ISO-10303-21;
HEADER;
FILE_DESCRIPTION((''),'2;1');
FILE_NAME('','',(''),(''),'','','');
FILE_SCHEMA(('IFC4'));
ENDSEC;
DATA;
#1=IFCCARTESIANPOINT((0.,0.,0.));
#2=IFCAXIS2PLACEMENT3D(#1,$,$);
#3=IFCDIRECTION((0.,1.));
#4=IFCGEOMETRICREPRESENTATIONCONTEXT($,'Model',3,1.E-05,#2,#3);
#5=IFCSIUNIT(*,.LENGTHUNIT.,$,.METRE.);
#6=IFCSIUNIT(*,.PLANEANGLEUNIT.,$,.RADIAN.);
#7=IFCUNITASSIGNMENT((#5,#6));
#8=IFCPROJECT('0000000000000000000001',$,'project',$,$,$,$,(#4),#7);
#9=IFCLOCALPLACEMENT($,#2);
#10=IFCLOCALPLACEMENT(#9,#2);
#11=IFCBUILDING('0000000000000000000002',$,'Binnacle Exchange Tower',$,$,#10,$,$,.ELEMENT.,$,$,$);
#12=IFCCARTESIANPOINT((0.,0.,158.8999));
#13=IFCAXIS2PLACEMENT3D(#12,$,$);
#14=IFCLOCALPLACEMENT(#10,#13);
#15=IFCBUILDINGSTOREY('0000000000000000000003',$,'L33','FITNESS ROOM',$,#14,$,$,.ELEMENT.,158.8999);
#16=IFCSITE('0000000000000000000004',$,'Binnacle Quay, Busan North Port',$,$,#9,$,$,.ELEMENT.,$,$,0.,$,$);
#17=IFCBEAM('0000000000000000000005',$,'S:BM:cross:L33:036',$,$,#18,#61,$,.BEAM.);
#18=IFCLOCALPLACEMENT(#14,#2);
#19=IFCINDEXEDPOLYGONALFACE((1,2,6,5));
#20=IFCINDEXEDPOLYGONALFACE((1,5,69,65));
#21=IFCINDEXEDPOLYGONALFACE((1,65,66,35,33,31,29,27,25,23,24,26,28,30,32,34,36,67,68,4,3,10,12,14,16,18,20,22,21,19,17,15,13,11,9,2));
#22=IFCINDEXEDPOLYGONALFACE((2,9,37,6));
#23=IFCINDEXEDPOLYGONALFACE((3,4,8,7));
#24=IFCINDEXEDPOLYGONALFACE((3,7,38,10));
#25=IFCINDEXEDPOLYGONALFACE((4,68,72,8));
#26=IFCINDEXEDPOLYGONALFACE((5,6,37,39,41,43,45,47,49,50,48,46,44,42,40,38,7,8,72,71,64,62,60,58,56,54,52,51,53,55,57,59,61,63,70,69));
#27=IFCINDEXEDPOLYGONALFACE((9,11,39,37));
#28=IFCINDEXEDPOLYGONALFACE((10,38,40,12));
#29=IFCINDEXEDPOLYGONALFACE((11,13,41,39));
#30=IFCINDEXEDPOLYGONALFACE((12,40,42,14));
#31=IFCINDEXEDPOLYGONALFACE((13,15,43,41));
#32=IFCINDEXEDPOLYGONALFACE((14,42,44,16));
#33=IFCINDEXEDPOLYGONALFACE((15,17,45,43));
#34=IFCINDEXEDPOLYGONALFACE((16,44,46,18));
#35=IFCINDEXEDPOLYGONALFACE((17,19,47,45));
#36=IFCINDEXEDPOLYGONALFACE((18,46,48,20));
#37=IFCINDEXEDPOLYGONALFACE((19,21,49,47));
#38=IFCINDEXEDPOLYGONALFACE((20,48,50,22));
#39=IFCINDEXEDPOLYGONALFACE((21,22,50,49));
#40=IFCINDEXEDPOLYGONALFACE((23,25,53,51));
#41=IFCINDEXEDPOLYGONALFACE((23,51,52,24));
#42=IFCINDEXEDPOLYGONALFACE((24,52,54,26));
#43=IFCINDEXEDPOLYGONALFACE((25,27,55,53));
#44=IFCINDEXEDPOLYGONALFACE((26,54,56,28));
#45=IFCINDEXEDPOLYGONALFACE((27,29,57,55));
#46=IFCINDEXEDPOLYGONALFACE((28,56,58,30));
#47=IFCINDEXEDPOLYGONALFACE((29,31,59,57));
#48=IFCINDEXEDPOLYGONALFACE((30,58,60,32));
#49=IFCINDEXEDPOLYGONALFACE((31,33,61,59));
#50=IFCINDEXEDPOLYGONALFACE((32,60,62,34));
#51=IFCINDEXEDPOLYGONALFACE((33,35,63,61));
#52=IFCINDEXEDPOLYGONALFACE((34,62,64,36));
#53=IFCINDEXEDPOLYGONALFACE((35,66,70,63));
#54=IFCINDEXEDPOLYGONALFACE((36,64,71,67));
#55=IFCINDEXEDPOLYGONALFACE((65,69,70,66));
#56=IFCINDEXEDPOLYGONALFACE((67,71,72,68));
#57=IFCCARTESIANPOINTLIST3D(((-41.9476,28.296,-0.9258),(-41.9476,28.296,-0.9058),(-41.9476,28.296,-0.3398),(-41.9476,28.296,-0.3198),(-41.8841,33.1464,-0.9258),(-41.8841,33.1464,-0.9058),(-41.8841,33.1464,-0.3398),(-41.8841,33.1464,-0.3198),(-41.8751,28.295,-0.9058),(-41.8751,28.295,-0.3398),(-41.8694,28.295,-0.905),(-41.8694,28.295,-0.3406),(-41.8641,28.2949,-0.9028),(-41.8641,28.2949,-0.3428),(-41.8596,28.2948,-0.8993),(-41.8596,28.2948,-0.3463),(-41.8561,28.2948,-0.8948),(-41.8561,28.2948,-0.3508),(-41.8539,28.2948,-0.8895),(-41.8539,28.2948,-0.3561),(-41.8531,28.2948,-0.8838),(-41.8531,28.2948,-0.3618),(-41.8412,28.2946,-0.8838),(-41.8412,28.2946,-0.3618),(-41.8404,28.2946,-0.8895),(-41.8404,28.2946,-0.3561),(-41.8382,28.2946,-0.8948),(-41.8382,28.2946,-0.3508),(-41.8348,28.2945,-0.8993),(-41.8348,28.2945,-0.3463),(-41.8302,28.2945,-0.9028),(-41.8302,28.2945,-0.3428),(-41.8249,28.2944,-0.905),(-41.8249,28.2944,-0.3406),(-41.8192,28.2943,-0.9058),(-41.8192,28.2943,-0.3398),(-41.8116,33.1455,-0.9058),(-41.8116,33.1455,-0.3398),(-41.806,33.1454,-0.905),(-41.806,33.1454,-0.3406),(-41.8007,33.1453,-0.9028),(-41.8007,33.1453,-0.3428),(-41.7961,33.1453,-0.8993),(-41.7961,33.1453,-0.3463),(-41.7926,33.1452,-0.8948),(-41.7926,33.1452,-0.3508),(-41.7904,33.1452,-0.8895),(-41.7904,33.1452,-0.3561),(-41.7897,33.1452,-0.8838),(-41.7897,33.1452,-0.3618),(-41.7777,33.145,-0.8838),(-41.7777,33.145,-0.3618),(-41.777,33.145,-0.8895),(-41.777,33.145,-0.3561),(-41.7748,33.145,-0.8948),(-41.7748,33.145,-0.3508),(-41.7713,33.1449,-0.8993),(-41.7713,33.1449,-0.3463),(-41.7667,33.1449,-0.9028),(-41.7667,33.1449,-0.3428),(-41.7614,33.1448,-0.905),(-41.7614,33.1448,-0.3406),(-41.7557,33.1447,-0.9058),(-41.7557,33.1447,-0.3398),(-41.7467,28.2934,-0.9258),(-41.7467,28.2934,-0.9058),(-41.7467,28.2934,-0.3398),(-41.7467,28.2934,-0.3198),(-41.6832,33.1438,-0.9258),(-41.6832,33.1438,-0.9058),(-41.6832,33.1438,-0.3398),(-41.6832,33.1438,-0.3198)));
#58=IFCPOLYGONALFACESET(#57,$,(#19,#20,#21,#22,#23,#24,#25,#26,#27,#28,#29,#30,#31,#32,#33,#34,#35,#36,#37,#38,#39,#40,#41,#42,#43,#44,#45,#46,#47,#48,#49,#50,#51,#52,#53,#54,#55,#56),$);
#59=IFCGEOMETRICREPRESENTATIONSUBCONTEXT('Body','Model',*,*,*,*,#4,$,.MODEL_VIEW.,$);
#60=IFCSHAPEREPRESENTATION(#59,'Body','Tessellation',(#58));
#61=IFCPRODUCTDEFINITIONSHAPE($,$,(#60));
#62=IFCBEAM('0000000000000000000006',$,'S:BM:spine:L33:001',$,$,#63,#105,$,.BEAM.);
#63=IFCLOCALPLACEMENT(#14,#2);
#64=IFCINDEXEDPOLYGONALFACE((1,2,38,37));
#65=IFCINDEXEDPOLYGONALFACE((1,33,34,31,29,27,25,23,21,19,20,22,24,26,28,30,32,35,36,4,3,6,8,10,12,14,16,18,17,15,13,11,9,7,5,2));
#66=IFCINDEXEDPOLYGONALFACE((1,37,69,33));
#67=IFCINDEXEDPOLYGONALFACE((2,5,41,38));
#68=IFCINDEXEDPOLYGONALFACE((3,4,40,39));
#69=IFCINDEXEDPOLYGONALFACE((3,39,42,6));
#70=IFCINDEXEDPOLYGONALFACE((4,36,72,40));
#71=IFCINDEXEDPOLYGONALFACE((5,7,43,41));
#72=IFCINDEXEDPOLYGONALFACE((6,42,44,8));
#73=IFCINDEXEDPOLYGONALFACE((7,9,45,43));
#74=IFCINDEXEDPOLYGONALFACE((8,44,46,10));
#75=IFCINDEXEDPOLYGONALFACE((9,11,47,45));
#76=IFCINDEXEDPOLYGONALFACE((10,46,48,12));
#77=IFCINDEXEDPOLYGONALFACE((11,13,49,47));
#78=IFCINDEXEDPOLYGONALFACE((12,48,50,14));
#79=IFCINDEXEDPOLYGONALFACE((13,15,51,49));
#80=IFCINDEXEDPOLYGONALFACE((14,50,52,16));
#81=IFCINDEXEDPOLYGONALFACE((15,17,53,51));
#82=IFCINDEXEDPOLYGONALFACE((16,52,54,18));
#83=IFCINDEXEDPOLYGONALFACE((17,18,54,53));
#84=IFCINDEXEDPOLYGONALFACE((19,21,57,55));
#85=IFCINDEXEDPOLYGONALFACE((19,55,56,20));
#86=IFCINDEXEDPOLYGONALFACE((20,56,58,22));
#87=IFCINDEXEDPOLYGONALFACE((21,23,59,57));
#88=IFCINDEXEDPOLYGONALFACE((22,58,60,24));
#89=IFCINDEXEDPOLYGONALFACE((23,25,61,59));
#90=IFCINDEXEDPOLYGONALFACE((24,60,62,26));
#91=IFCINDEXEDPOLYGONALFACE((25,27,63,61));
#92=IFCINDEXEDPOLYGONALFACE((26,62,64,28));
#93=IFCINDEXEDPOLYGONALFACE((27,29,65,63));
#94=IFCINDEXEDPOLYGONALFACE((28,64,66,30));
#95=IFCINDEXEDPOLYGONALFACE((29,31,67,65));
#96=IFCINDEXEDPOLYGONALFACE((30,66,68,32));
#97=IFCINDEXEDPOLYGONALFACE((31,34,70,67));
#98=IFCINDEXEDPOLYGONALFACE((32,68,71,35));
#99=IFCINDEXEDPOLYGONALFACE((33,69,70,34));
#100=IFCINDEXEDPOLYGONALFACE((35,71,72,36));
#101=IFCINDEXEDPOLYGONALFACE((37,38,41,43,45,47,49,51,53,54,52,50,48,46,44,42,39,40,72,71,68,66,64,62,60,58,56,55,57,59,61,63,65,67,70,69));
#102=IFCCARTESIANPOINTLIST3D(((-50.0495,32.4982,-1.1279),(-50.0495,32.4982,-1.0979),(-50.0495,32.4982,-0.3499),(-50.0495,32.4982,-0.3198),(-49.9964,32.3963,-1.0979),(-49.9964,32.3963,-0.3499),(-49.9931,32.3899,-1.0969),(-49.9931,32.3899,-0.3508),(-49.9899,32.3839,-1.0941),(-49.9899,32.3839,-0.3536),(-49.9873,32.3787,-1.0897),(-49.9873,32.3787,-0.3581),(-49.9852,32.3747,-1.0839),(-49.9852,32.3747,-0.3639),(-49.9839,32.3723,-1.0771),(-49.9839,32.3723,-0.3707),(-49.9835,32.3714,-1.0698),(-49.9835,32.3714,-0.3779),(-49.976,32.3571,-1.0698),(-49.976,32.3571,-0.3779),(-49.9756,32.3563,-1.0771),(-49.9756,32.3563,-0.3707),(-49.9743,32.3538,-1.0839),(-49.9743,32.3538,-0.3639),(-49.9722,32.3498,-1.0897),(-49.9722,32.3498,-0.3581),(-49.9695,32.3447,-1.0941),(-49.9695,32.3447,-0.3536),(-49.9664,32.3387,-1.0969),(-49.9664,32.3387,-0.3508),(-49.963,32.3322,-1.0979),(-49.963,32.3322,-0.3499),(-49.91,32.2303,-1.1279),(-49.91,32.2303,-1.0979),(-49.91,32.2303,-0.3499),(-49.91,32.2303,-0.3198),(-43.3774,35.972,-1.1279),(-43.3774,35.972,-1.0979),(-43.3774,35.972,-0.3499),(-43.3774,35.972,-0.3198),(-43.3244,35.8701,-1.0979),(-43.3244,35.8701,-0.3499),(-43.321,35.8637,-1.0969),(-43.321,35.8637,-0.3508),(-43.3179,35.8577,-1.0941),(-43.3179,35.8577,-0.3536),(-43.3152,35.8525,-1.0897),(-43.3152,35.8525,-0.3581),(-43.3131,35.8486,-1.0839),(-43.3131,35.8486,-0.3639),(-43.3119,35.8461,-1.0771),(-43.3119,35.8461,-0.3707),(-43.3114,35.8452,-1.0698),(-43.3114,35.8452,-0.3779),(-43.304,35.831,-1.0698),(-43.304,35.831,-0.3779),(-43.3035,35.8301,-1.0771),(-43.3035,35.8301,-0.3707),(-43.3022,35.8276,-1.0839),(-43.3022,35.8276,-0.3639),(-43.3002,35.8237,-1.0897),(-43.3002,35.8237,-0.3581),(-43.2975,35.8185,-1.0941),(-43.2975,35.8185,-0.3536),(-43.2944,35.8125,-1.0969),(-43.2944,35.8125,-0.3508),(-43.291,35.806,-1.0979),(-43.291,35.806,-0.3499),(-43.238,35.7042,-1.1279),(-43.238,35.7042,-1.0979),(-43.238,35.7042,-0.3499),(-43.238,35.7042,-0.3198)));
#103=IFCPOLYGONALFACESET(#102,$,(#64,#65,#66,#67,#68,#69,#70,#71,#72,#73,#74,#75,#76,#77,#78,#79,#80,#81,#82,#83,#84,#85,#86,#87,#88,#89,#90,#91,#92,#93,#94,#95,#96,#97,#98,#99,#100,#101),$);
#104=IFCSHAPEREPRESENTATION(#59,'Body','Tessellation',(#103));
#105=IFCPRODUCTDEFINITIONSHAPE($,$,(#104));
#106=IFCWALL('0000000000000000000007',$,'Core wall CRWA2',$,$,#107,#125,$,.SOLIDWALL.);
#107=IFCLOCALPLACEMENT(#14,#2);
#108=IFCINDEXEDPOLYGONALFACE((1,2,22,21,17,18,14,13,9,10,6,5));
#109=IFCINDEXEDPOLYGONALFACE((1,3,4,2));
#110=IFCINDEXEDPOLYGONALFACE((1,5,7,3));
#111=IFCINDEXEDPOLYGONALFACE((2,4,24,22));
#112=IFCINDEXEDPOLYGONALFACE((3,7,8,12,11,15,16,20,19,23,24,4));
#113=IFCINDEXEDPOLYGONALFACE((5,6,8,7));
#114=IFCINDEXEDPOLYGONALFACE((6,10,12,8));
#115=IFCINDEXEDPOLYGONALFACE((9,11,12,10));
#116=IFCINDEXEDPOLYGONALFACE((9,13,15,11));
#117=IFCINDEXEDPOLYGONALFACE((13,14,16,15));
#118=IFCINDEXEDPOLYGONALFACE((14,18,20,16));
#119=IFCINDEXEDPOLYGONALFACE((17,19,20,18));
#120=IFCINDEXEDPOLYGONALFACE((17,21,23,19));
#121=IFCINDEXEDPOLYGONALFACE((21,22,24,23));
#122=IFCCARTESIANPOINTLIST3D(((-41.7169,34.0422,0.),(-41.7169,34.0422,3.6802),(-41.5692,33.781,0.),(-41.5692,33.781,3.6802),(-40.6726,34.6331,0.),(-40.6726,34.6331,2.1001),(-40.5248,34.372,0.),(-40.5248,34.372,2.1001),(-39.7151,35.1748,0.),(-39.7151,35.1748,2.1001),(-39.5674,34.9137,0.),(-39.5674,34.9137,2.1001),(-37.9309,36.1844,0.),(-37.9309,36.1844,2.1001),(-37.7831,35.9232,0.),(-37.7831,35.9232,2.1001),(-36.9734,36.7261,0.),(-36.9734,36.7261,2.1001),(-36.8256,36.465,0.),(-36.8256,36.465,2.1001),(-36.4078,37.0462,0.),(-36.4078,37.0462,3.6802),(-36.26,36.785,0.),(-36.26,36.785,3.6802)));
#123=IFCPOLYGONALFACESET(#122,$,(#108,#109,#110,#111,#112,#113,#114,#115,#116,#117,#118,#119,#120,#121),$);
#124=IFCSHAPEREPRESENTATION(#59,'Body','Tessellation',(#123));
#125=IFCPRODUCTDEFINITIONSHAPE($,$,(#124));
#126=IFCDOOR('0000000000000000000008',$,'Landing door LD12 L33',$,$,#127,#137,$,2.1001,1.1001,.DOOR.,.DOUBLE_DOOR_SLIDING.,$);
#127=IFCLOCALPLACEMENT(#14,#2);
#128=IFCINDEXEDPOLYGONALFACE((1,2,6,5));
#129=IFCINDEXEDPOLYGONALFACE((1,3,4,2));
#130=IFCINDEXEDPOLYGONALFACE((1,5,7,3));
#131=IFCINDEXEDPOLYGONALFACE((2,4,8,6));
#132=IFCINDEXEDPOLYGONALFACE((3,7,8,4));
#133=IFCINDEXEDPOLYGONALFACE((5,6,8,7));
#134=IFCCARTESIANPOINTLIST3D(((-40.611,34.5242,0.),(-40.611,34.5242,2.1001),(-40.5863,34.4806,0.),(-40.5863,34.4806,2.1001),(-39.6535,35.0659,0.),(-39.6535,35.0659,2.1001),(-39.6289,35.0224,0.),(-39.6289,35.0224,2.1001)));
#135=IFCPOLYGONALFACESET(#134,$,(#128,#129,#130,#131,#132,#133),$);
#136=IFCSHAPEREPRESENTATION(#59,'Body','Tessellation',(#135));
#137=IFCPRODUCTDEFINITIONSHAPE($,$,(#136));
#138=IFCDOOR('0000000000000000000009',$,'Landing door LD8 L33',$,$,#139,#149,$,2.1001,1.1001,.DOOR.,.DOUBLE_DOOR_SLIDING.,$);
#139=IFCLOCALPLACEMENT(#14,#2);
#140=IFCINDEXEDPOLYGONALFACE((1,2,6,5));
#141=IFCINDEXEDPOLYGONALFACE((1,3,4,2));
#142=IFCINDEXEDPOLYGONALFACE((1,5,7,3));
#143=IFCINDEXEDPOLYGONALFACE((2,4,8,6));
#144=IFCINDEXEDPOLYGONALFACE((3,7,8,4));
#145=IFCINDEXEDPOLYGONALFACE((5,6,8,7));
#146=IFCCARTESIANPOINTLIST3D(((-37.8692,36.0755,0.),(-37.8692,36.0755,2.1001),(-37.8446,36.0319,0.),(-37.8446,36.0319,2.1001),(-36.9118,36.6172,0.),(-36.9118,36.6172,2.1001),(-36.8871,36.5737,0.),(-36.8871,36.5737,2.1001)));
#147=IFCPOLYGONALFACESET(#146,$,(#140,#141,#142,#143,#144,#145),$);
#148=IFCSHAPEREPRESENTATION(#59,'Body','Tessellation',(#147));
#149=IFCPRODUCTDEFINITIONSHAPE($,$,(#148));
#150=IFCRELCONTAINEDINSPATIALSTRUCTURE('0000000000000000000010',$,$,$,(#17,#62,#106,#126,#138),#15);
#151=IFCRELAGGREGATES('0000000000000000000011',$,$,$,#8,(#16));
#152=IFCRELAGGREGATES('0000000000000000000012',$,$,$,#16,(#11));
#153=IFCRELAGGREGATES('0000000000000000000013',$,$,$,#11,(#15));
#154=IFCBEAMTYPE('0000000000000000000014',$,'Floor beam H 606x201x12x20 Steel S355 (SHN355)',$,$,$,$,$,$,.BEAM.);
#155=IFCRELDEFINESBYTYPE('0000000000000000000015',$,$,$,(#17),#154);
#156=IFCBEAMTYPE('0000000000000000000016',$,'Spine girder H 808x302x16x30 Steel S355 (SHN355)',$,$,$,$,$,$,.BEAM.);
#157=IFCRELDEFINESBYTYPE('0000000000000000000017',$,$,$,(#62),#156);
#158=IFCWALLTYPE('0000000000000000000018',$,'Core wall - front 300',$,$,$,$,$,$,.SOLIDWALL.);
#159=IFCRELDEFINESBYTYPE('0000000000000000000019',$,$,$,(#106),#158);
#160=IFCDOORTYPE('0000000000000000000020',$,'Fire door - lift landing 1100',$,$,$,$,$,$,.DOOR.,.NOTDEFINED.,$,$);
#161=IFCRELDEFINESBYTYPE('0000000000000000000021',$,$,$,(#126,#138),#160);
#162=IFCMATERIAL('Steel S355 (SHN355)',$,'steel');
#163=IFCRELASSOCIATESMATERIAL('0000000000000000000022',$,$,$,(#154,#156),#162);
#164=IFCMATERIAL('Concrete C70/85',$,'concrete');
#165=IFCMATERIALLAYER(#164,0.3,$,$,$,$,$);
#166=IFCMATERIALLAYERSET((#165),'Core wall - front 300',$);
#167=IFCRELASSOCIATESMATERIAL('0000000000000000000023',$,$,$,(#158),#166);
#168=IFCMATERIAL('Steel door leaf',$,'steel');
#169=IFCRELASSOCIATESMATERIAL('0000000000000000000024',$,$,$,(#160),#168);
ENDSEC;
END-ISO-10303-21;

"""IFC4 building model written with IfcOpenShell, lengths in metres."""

from ifc_helpers import new_model, si_unit, direction, frame, frame_2d, origin, origin_2d, place, context, subcontext, project, spatial, rectangle, i_section, extrude, material, layer, layer_set, material_profile, profile_set, type_object, element, fill, save


model = new_model("IFC4")

# Units and contexts
model_context = context("Model", 3, precision=1e-05, world=origin(), true_north=direction((0.0, 1.0)))
body_context = subcontext(model_context, "Body", "Model", "MODEL_VIEW")
ifc_project = project(units=[si_unit("LENGTHUNIT", "METRE"), si_unit("PLANEANGLEUNIT", "RADIAN")], contexts=[model_context])

# Site, building, storey
site_placement = place(None, origin())
site = spatial("IfcSite", under=ifc_project, at=site_placement, Name="Binnacle Quay, Busan North Port", CompositionType="ELEMENT", RefElevation=0.0)
building_placement = place(site_placement, origin())
building = spatial("IfcBuilding", under=site, at=building_placement, Name="Binnacle Exchange Tower", CompositionType="ELEMENT")
storey_placement = place(building_placement, frame((0.0, 0.0, 158.8999)))
storey = spatial("IfcBuildingStorey", under=building, at=storey_placement, Name="L33", Description="FITNESS ROOM", CompositionType="ELEMENT", Elevation=158.8999)

# Shared definitions
ifc_material_1 = material(Name="Concrete C70/85", Category="concrete")

# Beams
ifc_material_2 = material(Name="Steel S355 (SHN355)", Category="steel")
ifc_material_profile_1 = material_profile(ifc_material_2, i_section(OverallWidth=0.2009, OverallDepth=0.606, WebThickness=0.012, FlangeThickness=0.02, FilletRadius=0.022, at=origin_2d()), Name="H 606x201x12x20")
ifc_profile_set_1 = profile_set([ifc_material_profile_1], Name="Steel S355 (SHN355)")
beam_type_1 = type_object("IfcBeamType", Name="Floor beam H 606x201x12x20 Steel S355 (SHN355)", PredefinedType="BEAM", material=ifc_profile_set_1)
beam_1_placement = place(storey_placement, frame((-41.8472, 28.2947, -0.6228), z_axis=(0.013086, 0.999914, 0.0), x_axis=(-0.999914, 0.013086, 0.0)))
element("IfcBeam", 1, at=beam_1_placement, inside=storey, type_object=beam_type_1, Name="S:BM:cross:L33:036", PredefinedType="BEAM", context=body_context, shape_type="SweptSolid", body=[
    extrude(i_section(OverallWidth=0.2009, OverallDepth=0.606, WebThickness=0.012, FlangeThickness=0.02, FilletRadius=0.022, at=origin_2d()), origin(), (0.0, 0.0, 1.0), 4.8508),
])
ifc_material_profile_2 = material_profile(ifc_material_2, i_section(OverallWidth=0.302, OverallDepth=0.8081, WebThickness=0.0161, FlangeThickness=0.03, FilletRadius=0.0281, at=origin_2d()), Name="H 808x302x16x30")
ifc_profile_set_2 = profile_set([ifc_material_profile_2], Name="Steel S355 (SHN355)")
beam_type_2 = type_object("IfcBeamType", Name="Spine girder H 808x302x16x30 Steel S355 (SHN355)", PredefinedType="BEAM", material=ifc_profile_set_2)
beam_2_placement = place(storey_placement, frame((-49.9797, 32.3643, -0.7239), z_axis=(0.886979, 0.46181, 0.0), x_axis=(-0.46181, 0.886979, 0.0)))
element("IfcBeam", 2, at=beam_2_placement, inside=storey, type_object=beam_type_2, Name="S:BM:spine:L33:001", PredefinedType="BEAM", context=body_context, shape_type="SweptSolid", body=[
    extrude(i_section(OverallWidth=0.302, OverallDepth=0.8081, WebThickness=0.0161, FlangeThickness=0.03, FilletRadius=0.0281, at=origin_2d()), origin(), (0.0, 0.0, 1.0), 7.5222),
])

# Wall, openings, doors
ifc_layer_1 = layer(ifc_material_1, 0.3)
ifc_layer_set_1 = layer_set([ifc_layer_1], Name="Core wall - front 300")
wall_type_1 = type_object("IfcWallType", Name="Core wall - front 300", PredefinedType="SOLIDWALL", material=ifc_layer_set_1)
wall_1_placement = place(storey_placement, frame((-41.6431, 33.9116, 0.0), z_axis=(0.0, 0.0, 1.0), x_axis=(0.870344, 0.492445, 0.0)))
wall_1 = element("IfcWall", 3, at=wall_1_placement, inside=storey, type_object=wall_type_1, Name="Core wall CRWA2", PredefinedType="SOLIDWALL", context=body_context, shape_type="SweptSolid", body=[
    extrude(rectangle(XDim=6.1001, YDim=0.3, at=frame_2d((3.05, 0.0))), origin(), (0.0, 0.0, 1.0), 3.6802),
])
opening_1_placement = place(wall_1_placement, frame((1.2, 0.0, 0.0)))
opening_1 = element("IfcOpeningElement", 4, at=opening_1_placement, cuts=wall_1, PredefinedType="OPENING", context=body_context, shape_type="SweptSolid", body=[
    extrude(rectangle(XDim=1.1001, YDim=2.1001, at=frame_2d((0.55, 1.05))), frame((0.0, 0.1599, 0.0), z_axis=(0.0, -1.0, 0.0), x_axis=(1.0, 0.0, 0.0)), (0.0, 0.0, 1.0), 0.3201),
])
opening_2_placement = place(wall_1_placement, frame((4.3501, 0.0, 0.0)))
opening_2 = element("IfcOpeningElement", 5, at=opening_2_placement, cuts=wall_1, PredefinedType="OPENING", context=body_context, shape_type="SweptSolid", body=[
    extrude(rectangle(XDim=1.1001, YDim=2.1001, at=frame_2d((0.55, 1.05))), frame((0.0, 0.1599, 0.0), z_axis=(0.0, -1.0, 0.0), x_axis=(1.0, 0.0, 0.0)), (0.0, 0.0, 1.0), 0.3201),
])
ifc_material_3 = material(Name="Steel door leaf", Category="steel")
door_type_1 = type_object("IfcDoorType", Name="Fire door - lift landing 1100", OperationType="NOTDEFINED", PredefinedType="DOOR", material=ifc_material_3)
door_1_placement = place(opening_1_placement, origin())
door_1 = element("IfcDoor", 6, at=door_1_placement, inside=storey, type_object=door_type_1, Name="Landing door LD12 L33", OperationType="DOUBLE_DOOR_SLIDING", OverallHeight=2.1001, OverallWidth=1.1001, PredefinedType="DOOR", context=body_context, shape_type="SweptSolid", body=[
    extrude(rectangle(XDim=1.1001, YDim=2.1001, at=frame_2d((0.55, 1.05))), frame((0.0, 0.0249, 0.0), z_axis=(0.0, -1.0, 0.0), x_axis=(1.0, 0.0, 0.0)), (0.0, 0.0, 1.0), 0.05),
])
fill(opening_1, door_1)
door_2_placement = place(opening_2_placement, origin())
door_2 = element("IfcDoor", 7, at=door_2_placement, inside=storey, type_object=door_type_1, Name="Landing door LD8 L33", OperationType="DOUBLE_DOOR_SLIDING", OverallHeight=2.1001, OverallWidth=1.1001, PredefinedType="DOOR", context=body_context, shape_type="SweptSolid", body=[
    extrude(rectangle(XDim=1.1001, YDim=2.1001, at=frame_2d((0.55, 1.05))), frame((0.0, 0.0249, 0.0), z_axis=(0.0, -1.0, 0.0), x_axis=(1.0, 0.0, 0.0)), (0.0, 0.0, 1.0), 0.05),
])
fill(opening_2, door_2)

save(model, "model.ifc")
